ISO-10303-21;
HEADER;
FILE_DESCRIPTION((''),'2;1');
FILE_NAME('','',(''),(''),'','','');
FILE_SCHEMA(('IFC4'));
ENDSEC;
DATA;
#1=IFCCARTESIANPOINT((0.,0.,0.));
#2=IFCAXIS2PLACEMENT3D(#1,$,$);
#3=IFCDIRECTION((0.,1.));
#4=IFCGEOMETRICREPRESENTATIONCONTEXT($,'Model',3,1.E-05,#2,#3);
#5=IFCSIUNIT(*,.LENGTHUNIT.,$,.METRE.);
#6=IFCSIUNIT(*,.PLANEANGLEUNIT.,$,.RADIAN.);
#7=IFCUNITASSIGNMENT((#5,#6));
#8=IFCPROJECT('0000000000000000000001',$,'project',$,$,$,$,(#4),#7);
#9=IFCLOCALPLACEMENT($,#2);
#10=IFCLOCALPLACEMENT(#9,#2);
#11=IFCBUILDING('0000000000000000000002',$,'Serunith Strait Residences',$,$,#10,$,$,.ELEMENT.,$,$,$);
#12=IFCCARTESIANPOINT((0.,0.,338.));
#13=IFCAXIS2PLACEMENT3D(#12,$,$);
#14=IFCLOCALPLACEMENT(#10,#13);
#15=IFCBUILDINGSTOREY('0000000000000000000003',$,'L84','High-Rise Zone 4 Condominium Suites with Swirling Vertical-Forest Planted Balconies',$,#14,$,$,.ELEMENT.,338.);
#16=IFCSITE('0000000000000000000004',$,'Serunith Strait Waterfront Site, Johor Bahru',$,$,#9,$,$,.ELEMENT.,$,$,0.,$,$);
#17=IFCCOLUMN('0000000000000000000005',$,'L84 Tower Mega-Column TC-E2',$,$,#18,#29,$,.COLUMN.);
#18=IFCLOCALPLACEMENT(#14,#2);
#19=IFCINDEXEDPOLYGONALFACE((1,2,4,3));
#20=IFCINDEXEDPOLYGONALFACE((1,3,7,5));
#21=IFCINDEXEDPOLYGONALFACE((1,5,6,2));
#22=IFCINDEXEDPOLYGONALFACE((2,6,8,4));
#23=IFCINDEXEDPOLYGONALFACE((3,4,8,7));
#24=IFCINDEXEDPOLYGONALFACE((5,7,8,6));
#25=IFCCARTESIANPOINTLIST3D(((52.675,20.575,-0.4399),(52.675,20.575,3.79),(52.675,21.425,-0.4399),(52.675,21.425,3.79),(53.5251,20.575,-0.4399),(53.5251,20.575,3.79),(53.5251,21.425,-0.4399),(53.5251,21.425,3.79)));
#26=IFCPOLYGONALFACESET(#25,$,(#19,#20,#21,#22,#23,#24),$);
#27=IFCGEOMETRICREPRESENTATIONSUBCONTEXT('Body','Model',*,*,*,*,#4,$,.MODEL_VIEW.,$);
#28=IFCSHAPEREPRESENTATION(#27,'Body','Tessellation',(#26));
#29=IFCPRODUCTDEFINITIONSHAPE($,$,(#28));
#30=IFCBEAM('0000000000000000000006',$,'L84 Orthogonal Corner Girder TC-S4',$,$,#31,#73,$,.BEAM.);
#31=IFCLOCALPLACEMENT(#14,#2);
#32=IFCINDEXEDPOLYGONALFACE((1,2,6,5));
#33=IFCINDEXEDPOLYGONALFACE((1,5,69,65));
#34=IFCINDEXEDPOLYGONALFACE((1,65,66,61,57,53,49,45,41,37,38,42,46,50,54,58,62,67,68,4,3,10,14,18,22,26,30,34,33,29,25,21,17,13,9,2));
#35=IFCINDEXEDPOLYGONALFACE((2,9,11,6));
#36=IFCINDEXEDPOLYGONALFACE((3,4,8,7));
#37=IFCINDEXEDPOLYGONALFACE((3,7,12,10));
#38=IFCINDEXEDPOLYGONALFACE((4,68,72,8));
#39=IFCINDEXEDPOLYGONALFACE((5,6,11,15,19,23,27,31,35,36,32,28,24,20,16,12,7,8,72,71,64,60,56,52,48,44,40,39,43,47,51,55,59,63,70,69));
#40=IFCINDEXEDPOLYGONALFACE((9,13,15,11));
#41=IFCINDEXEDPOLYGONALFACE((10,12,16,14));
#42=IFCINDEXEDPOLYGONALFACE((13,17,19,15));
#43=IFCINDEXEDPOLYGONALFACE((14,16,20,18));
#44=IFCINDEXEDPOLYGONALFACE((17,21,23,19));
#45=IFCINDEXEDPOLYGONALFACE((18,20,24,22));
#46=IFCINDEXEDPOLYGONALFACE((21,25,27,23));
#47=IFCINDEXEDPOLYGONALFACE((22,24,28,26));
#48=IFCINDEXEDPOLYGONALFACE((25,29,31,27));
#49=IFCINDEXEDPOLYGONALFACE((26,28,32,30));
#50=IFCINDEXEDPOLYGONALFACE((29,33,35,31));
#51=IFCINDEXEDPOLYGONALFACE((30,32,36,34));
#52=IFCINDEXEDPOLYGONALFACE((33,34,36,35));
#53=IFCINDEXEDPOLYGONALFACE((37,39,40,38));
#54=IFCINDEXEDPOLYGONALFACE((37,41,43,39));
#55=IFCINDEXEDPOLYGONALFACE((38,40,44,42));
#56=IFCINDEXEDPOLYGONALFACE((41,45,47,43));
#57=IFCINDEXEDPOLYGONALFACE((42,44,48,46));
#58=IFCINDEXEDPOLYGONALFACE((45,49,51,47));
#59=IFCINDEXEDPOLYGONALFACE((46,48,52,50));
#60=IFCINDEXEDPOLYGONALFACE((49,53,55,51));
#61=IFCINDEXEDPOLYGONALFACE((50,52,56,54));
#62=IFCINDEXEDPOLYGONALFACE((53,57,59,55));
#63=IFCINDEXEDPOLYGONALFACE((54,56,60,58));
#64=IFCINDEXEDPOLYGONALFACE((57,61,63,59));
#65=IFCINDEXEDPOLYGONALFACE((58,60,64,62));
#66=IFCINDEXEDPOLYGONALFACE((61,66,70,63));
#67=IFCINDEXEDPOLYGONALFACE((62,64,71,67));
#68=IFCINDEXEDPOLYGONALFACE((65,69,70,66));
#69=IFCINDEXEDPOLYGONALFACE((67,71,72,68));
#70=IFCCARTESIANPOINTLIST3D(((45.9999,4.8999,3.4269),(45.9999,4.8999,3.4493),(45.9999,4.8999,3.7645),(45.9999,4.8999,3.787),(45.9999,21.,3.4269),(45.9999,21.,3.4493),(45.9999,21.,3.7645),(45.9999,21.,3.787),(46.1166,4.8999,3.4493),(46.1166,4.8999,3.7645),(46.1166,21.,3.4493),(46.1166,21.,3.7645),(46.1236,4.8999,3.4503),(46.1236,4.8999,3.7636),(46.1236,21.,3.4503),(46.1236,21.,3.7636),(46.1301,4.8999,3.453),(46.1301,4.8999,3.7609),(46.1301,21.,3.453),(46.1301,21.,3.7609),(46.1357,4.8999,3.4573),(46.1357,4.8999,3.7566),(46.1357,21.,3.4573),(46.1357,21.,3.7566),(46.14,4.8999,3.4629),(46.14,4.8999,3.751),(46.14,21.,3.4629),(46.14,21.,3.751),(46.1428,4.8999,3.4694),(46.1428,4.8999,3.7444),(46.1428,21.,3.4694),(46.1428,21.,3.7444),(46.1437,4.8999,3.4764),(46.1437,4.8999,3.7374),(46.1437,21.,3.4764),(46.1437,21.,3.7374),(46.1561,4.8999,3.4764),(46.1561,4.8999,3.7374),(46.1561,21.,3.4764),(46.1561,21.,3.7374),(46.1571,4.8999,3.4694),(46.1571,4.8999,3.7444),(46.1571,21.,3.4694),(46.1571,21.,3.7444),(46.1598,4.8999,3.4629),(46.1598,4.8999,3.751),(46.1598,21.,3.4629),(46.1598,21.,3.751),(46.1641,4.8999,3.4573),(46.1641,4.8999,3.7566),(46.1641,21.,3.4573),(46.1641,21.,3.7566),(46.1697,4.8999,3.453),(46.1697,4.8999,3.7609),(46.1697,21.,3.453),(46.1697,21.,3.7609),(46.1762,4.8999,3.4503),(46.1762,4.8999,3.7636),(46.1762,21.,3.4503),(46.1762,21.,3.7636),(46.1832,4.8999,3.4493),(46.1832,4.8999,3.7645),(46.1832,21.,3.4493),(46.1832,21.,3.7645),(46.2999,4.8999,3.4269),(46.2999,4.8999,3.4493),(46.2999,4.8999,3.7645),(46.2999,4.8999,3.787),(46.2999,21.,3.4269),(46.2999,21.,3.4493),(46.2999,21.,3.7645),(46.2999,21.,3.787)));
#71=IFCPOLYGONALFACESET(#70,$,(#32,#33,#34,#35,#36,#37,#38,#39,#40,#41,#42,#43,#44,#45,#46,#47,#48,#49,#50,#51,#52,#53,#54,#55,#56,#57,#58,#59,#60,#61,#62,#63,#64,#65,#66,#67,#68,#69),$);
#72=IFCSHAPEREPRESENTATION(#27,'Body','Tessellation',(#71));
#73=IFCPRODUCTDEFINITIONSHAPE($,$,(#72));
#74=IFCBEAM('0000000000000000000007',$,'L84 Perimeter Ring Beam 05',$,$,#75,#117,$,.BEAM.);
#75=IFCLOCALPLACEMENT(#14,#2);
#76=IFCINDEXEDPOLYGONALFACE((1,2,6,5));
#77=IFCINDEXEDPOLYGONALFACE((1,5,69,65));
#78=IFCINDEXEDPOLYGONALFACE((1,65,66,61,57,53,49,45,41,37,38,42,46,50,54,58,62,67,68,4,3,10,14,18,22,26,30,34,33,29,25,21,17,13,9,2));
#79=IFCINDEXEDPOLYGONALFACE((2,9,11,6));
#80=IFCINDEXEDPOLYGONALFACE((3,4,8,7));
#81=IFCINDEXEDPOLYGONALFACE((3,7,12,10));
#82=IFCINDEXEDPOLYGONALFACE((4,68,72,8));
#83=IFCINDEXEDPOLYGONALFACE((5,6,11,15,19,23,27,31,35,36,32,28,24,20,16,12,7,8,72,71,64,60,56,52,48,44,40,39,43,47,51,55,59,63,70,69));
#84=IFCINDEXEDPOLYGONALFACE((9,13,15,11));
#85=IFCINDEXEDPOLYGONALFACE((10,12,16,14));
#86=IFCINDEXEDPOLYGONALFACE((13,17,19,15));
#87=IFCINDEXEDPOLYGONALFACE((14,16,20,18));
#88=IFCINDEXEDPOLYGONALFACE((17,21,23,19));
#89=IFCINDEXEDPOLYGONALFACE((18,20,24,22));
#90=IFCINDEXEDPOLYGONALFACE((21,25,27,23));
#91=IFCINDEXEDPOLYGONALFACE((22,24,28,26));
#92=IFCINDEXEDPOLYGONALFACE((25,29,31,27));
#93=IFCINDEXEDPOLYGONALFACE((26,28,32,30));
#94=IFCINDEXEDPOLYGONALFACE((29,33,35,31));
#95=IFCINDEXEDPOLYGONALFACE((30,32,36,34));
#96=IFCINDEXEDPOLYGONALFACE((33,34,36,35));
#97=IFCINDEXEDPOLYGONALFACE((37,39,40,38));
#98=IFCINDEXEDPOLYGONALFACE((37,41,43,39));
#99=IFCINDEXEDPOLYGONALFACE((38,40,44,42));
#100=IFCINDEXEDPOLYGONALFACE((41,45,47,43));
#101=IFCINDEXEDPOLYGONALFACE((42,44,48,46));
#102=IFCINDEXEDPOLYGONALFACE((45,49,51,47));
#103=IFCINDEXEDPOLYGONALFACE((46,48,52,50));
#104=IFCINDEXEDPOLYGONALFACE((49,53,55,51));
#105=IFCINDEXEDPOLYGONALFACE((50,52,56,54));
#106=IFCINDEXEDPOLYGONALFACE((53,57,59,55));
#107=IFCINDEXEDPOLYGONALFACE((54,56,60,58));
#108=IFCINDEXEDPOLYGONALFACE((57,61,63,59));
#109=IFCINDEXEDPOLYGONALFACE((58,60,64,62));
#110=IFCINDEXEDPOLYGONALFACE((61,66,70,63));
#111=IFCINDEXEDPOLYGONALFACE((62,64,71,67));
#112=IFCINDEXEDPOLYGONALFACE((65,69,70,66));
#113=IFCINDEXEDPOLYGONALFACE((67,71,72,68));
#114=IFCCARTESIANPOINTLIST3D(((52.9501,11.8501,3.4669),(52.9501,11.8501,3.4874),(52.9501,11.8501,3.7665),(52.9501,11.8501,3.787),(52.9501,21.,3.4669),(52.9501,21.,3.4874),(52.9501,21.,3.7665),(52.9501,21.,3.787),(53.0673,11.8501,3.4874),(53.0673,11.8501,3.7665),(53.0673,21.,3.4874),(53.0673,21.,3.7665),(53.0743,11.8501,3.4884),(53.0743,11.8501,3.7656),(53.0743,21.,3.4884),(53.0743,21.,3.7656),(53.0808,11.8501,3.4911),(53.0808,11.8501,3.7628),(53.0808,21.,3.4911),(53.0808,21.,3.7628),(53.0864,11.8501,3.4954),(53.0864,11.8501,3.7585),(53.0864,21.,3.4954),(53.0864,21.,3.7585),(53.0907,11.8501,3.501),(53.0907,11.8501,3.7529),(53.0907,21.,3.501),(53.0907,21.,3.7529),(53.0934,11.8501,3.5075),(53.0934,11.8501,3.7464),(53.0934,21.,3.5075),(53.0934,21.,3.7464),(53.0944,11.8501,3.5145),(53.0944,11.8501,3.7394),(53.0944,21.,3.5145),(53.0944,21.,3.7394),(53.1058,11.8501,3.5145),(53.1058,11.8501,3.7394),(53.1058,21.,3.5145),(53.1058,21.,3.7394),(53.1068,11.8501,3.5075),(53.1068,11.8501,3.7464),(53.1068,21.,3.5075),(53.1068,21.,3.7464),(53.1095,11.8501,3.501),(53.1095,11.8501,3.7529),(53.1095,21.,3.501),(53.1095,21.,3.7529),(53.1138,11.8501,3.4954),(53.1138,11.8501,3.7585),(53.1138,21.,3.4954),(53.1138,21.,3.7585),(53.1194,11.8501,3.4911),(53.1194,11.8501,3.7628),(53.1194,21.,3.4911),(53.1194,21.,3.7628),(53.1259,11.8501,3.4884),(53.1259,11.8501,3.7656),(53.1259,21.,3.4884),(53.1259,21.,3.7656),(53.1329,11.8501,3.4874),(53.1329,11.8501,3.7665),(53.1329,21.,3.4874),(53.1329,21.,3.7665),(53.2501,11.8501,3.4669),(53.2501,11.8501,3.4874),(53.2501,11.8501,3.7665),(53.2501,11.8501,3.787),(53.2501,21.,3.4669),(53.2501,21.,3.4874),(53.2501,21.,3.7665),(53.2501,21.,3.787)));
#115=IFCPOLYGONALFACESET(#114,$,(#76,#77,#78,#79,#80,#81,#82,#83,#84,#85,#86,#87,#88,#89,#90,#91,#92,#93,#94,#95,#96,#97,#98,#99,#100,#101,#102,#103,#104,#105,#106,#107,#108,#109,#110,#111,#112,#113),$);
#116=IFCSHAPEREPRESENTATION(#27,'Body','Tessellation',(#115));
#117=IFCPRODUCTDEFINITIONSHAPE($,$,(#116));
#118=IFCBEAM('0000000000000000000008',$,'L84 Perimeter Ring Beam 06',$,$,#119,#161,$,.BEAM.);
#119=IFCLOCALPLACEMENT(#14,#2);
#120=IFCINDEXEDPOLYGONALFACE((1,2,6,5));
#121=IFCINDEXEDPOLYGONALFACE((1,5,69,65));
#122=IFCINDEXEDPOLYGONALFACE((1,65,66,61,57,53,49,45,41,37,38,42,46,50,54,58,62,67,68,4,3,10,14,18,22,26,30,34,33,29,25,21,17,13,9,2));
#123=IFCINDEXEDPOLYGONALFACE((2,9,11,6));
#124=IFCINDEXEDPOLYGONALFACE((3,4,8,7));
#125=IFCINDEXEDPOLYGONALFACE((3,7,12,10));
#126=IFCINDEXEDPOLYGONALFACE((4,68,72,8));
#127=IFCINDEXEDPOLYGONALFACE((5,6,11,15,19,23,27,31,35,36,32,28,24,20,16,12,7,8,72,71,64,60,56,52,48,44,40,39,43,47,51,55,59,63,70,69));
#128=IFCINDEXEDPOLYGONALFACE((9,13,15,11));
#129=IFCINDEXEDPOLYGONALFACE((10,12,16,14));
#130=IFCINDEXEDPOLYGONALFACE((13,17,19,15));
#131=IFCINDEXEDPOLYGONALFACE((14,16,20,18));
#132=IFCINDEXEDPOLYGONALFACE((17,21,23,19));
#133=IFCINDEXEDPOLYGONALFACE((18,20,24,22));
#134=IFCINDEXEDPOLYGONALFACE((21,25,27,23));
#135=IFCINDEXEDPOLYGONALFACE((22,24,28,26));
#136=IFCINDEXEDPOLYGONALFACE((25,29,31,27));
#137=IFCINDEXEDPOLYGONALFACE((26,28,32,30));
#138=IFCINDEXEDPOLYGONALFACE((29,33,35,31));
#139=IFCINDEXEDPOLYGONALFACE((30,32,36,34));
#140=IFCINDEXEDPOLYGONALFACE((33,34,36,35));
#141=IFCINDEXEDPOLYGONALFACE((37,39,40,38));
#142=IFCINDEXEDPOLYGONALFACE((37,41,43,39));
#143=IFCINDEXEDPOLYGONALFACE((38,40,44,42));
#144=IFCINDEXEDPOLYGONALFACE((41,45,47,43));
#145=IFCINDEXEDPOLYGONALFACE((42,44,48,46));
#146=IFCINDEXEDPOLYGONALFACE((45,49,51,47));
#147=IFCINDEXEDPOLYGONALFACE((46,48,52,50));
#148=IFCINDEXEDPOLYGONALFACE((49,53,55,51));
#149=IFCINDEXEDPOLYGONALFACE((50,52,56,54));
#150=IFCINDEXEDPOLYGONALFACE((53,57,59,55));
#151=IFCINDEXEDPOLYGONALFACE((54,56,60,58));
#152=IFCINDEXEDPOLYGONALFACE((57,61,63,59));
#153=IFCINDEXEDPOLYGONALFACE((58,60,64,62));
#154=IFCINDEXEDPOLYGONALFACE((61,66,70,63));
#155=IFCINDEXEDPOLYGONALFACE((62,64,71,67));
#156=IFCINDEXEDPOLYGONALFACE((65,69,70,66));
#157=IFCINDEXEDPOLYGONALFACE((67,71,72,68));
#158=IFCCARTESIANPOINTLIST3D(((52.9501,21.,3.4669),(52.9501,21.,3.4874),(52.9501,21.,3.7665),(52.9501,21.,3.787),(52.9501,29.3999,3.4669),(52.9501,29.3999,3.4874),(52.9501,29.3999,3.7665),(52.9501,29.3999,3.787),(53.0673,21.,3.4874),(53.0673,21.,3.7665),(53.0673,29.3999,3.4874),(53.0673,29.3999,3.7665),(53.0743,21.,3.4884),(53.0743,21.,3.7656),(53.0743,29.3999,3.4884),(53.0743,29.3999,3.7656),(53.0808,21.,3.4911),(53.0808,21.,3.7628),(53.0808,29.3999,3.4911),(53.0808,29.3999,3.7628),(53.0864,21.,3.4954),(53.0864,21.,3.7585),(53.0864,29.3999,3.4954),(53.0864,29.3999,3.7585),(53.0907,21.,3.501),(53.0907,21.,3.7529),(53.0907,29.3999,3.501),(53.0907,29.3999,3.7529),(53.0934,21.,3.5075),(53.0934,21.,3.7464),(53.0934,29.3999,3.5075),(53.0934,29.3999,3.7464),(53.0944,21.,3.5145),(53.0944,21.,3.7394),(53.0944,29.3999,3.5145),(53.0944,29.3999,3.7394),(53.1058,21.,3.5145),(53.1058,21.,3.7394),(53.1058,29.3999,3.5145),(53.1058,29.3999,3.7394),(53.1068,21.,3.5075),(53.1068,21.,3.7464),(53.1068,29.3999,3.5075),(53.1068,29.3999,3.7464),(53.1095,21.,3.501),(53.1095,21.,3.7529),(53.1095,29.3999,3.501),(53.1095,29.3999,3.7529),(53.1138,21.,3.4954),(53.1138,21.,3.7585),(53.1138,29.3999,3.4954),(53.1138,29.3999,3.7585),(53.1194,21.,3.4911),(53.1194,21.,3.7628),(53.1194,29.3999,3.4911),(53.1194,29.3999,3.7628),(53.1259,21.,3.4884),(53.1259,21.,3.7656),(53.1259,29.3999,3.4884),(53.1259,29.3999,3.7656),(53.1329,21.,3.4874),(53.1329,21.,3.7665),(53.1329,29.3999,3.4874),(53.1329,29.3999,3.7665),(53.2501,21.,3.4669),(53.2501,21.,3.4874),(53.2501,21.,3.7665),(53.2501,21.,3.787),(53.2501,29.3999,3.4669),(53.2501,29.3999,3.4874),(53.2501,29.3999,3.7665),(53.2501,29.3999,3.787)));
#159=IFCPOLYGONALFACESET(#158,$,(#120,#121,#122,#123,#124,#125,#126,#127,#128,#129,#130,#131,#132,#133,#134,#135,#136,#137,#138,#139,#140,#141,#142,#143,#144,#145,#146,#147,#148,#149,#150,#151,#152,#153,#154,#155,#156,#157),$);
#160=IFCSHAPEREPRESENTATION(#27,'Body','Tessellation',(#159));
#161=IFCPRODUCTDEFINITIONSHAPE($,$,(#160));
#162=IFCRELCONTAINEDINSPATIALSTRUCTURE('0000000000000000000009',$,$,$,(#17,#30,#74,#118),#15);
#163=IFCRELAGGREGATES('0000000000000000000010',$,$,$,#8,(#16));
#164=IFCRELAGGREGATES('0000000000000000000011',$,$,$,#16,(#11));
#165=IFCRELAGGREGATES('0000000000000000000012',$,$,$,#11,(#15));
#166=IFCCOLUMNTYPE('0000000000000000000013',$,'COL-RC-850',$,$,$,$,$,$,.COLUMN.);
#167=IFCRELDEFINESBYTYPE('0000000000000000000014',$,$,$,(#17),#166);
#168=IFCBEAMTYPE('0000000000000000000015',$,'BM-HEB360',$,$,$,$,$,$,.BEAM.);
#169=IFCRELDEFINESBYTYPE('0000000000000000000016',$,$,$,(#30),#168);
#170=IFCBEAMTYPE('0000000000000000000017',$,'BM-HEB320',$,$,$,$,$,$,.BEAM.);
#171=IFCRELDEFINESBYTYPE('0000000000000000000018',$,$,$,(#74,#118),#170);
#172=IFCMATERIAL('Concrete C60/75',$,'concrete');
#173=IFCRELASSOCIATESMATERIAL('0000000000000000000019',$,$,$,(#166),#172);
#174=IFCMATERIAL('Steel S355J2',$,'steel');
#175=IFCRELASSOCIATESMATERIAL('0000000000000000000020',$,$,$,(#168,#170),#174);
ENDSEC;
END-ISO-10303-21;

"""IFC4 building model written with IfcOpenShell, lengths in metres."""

from ifc_helpers import new_model, si_unit, direction, frame, origin, origin_2d, place, context, subcontext, project, spatial, rectangle, i_section, extrude, source, transform, mapped, material, material_profile, profile_set, type_object, element, save


model = new_model("IFC4")

# Units and contexts
model_context = context("Model", 3, precision=1e-05, world=origin(), true_north=direction((0.0, 1.0)))
body_context = subcontext(model_context, "Body", "Model", "MODEL_VIEW")
ifc_project = project(units=[si_unit("LENGTHUNIT", "METRE"), si_unit("PLANEANGLEUNIT", "RADIAN")], contexts=[model_context])

# Site, building, storey
site_placement = place(None, origin())
site = spatial("IfcSite", under=ifc_project, at=site_placement, Name="Serunith Strait Waterfront Site, Johor Bahru", CompositionType="ELEMENT", RefElevation=0.0)
building_placement = place(site_placement, origin())
building = spatial("IfcBuilding", under=site, at=building_placement, Name="Serunith Strait Residences", CompositionType="ELEMENT")
storey_placement = place(building_placement, frame((0.0, 0.0, 338.0)))
storey = spatial("IfcBuildingStorey", under=building, at=storey_placement, Name="L84", Description="High-Rise Zone 4 Condominium Suites with Swirling Vertical-Forest Planted Balconies", CompositionType="ELEMENT", Elevation=338.0)

# Column
ifc_material_1 = material(Name="Concrete C60/75", Category="concrete")
ifc_material_profile_1 = material_profile(ifc_material_1, rectangle(XDim=0.8501, YDim=0.8501, at=origin_2d()), Name="RC 850x850")
ifc_profile_set_1 = profile_set([ifc_material_profile_1], Name="Concrete C60/75")
column_type = type_object("IfcColumnType", Name="COL-RC-850", PredefinedType="COLUMN", material=ifc_profile_set_1)
shared_shape_1 = source(origin(), body_context, "Body", "SweptSolid", [
    extrude(rectangle(XDim=0.8501, YDim=0.8501, at=origin_2d()), origin(), (0.0, 0.0, 1.0), 4.23),
])
column_placement = place(storey_placement, frame((53.1001, 21.0, -0.4399), z_axis=(0.0, 0.0, 1.0), x_axis=(1.0, 0.0, 0.0)))
element("IfcColumn", 1, at=column_placement, inside=storey, type_object=column_type, Name="L84 Tower Mega-Column TC-E2", PredefinedType="COLUMN", context=body_context, shape_type="MappedRepresentation", body=[
    mapped(shared_shape_1, transform((0.0, 0.0, 0.0), scale=1.0)),
])

# Beams
ifc_material_2 = material(Name="Steel S355J2", Category="steel")
ifc_material_profile_2 = material_profile(ifc_material_2, i_section(OverallWidth=0.3, OverallDepth=0.3601, WebThickness=0.0125, FlangeThickness=0.0225, FilletRadius=0.0271, at=origin_2d()), Name="HEB 360")
ifc_profile_set_2 = profile_set([ifc_material_profile_2], Name="Steel S355J2")
beam_type_1 = type_object("IfcBeamType", Name="BM-HEB360", PredefinedType="BEAM", material=ifc_profile_set_2)
shared_shape_2 = source(origin(), body_context, "Body", "SweptSolid", [
    extrude(i_section(OverallWidth=0.3, OverallDepth=0.3601, WebThickness=0.0125, FlangeThickness=0.0225, FilletRadius=0.0271, at=origin_2d()), origin(), (0.0, 0.0, 1.0), 16.1001),
])
beam_1_placement = place(storey_placement, frame((46.1499, 21.0, 3.6069), z_axis=(0.0, -1.0, 0.0), x_axis=(1.0, 0.0, 0.0)))
element("IfcBeam", 2, at=beam_1_placement, inside=storey, type_object=beam_type_1, Name="L84 Orthogonal Corner Girder TC-S4", PredefinedType="BEAM", context=body_context, shape_type="MappedRepresentation", body=[
    mapped(shared_shape_2, transform((0.0, 0.0, 0.0), scale=1.0)),
])
ifc_material_profile_3 = material_profile(ifc_material_2, i_section(OverallWidth=0.3, OverallDepth=0.3201, WebThickness=0.0115, FlangeThickness=0.0205, FilletRadius=0.0271, at=origin_2d()), Name="HEB 320")
ifc_profile_set_3 = profile_set([ifc_material_profile_3], Name="Steel S355J2")
beam_type_2 = type_object("IfcBeamType", Name="BM-HEB320", PredefinedType="BEAM", material=ifc_profile_set_3)
shared_shape_3 = source(origin(), body_context, "Body", "SweptSolid", [
    extrude(i_section(OverallWidth=0.3, OverallDepth=0.3201, WebThickness=0.0115, FlangeThickness=0.0205, FilletRadius=0.0271, at=origin_2d()), origin(), (0.0, 0.0, 1.0), 9.1499),
])
beam_2_placement = place(storey_placement, frame((53.1001, 11.8501, 3.627), z_axis=(0.0, 1.0, 0.0), x_axis=(-1.0, 0.0, 0.0)))
element("IfcBeam", 3, at=beam_2_placement, inside=storey, type_object=beam_type_2, Name="L84 Perimeter Ring Beam 05", PredefinedType="BEAM", context=body_context, shape_type="MappedRepresentation", body=[
    mapped(shared_shape_3, transform((0.0, 0.0, 0.0), scale=1.0)),
])
shared_shape_4 = source(origin(), body_context, "Body", "SweptSolid", [
    extrude(i_section(OverallWidth=0.3, OverallDepth=0.3201, WebThickness=0.0115, FlangeThickness=0.0205, FilletRadius=0.0271, at=origin_2d()), origin(), (0.0, 0.0, 1.0), 8.3999),
])
beam_3_placement = place(storey_placement, frame((53.1001, 21.0, 3.627), z_axis=(0.0, 1.0, 0.0), x_axis=(-1.0, 0.0, 0.0)))
element("IfcBeam", 4, at=beam_3_placement, inside=storey, type_object=beam_type_2, Name="L84 Perimeter Ring Beam 06", PredefinedType="BEAM", context=body_context, shape_type="MappedRepresentation", body=[
    mapped(shared_shape_4, transform((0.0, 0.0, 0.0), scale=1.0)),
])

save(model, "model.ifc")
